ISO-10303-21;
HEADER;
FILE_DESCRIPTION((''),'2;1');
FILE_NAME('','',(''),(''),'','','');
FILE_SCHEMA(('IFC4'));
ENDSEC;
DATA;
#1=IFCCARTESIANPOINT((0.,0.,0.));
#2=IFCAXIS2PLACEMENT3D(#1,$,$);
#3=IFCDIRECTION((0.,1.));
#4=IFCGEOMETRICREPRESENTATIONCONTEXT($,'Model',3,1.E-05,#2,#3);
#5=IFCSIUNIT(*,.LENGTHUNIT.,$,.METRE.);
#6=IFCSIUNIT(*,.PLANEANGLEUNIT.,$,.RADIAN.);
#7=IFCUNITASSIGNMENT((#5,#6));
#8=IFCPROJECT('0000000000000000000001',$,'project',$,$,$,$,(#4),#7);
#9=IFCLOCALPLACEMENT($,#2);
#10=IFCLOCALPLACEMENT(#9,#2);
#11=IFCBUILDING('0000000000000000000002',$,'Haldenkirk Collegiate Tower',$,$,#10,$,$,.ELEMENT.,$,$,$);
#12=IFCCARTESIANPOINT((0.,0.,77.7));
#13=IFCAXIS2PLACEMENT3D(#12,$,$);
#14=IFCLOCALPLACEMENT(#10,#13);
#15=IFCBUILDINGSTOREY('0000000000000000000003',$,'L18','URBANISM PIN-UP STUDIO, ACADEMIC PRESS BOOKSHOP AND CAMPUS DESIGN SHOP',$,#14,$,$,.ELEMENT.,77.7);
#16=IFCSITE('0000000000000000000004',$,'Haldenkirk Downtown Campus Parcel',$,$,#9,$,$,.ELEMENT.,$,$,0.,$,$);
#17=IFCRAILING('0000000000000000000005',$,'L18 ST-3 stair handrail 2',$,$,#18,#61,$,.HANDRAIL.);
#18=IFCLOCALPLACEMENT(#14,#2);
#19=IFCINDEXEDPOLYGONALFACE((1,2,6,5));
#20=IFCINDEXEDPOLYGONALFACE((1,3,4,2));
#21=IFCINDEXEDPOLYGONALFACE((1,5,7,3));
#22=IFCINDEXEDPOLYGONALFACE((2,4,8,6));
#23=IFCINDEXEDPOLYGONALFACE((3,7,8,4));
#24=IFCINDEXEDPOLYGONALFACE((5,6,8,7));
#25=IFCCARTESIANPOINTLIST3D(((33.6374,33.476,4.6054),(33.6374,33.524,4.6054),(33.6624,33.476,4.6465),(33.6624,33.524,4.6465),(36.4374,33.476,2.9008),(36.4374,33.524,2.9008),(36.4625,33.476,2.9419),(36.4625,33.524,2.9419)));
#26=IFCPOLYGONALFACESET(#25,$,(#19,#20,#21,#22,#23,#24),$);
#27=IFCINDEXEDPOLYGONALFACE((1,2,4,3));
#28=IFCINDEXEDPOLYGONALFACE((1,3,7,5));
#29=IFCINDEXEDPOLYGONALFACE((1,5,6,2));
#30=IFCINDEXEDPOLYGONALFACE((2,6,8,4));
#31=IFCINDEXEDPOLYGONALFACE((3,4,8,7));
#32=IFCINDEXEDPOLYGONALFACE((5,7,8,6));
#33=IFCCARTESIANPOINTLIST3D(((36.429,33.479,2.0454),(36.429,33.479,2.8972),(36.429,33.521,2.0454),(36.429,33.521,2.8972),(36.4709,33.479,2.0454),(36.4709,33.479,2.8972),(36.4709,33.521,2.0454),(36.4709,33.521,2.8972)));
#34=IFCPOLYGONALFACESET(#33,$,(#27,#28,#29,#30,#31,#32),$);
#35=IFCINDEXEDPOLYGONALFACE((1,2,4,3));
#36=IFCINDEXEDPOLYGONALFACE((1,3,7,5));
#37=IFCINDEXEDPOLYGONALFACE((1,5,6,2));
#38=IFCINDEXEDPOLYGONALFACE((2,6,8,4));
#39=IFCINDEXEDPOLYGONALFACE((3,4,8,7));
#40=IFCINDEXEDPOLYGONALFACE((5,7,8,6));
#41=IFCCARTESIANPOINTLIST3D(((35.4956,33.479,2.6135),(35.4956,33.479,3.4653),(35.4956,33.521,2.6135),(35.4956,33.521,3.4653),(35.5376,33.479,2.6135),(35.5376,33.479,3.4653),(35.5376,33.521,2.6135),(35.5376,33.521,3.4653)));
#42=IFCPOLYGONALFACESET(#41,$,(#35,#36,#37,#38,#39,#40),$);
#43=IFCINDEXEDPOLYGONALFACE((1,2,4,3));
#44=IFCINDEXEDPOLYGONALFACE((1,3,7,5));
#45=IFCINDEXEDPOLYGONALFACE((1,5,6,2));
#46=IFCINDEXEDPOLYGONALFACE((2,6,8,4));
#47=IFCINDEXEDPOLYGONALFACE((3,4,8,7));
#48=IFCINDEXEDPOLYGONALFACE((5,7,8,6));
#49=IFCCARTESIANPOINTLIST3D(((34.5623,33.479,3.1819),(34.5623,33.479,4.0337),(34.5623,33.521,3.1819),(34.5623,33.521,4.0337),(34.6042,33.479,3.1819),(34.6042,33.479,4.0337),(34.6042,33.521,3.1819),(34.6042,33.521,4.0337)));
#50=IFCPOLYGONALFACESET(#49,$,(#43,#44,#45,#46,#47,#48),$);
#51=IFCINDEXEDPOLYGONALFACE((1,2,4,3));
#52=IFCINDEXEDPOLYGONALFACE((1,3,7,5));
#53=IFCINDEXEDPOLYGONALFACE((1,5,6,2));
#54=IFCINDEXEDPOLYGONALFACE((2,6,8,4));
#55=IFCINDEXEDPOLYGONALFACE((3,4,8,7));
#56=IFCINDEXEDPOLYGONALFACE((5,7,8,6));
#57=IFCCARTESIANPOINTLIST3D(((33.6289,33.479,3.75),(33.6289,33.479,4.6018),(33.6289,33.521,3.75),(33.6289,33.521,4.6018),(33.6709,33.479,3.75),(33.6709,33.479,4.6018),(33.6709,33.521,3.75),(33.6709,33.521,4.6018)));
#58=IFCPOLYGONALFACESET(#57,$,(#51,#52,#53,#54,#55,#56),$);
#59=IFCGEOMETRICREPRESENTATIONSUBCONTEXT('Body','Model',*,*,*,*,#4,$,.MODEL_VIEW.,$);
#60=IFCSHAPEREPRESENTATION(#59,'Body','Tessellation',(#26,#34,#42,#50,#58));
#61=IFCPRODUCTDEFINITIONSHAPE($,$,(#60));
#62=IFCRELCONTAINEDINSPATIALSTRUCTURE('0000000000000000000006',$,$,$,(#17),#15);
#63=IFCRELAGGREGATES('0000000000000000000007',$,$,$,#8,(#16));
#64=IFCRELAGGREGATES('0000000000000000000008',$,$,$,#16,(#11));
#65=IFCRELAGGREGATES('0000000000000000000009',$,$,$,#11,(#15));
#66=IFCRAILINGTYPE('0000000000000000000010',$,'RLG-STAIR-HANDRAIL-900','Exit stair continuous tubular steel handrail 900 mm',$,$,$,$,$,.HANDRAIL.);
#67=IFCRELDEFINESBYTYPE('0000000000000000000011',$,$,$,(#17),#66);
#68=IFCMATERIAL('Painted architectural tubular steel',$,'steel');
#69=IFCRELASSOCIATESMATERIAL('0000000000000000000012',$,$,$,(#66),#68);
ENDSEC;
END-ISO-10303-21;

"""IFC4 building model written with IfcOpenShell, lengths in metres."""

from ifc_helpers import new_model, si_unit, direction, frame, origin, origin_2d, place, context, subcontext, project, spatial, rectangle, extrude, material, type_object, element, save


model = new_model("IFC4")

# Units and contexts
model_context = context("Model", 3, precision=1e-05, world=origin(), true_north=direction((0.0, 1.0)))
body_context = subcontext(model_context, "Body", "Model", "MODEL_VIEW")
ifc_project = project(units=[si_unit("LENGTHUNIT", "METRE"), si_unit("PLANEANGLEUNIT", "RADIAN")], contexts=[model_context])

# Site, building, storey
site_placement = place(None, origin())
site = spatial("IfcSite", under=ifc_project, at=site_placement, Name="Haldenkirk Downtown Campus Parcel", CompositionType="ELEMENT", RefElevation=0.0)
building_placement = place(site_placement, origin())
building = spatial("IfcBuilding", under=site, at=building_placement, Name="Haldenkirk Collegiate Tower", CompositionType="ELEMENT")
storey_placement = place(building_placement, frame((0.0, 0.0, 77.7)))
storey = spatial("IfcBuildingStorey", under=building, at=storey_placement, Name="L18", Description="URBANISM PIN-UP STUDIO, ACADEMIC PRESS BOOKSHOP AND CAMPUS DESIGN SHOP", CompositionType="ELEMENT", Elevation=77.7)

# Railing
ifc_material_1 = material(Name="Painted architectural tubular steel", Category="steel")
railing_type_1 = type_object("IfcRailingType", Name="RLG-STAIR-HANDRAIL-900", Description="Exit stair continuous tubular steel handrail 900 mm", PredefinedType="HANDRAIL", material=ifc_material_1)
railing_1_placement = place(storey_placement, frame((36.45, 33.5, 2.0454)))
element("IfcRailing", 1, at=railing_1_placement, inside=storey, type_object=railing_type_1, Name="L18 ST-3 stair handrail 2", PredefinedType="HANDRAIL", context=body_context, shape_type="SweptSolid", body=[
    extrude(rectangle(XDim=0.0481, YDim=0.0481, at=origin_2d()), frame((0.0, 0.0, 0.876), z_axis=(-0.85417, 0.0, 0.519994), x_axis=(0.0, -1.0, 0.0)), (0.0, 0.0, 1.0), 3.2781),
    extrude(rectangle(XDim=0.042, YDim=0.042, at=origin_2d()), origin(), (0.0, 0.0, 1.0), 0.8518),
    extrude(rectangle(XDim=0.042, YDim=0.042, at=origin_2d()), frame((-0.9333, 0.0, 0.5681)), (0.0, 0.0, 1.0), 0.8518),
    extrude(rectangle(XDim=0.042, YDim=0.042, at=origin_2d()), frame((-1.8667, 0.0, 1.1365)), (0.0, 0.0, 1.0), 0.8518),
    extrude(rectangle(XDim=0.042, YDim=0.042, at=origin_2d()), frame((-2.8, 0.0, 1.7046)), (0.0, 0.0, 1.0), 0.8518),
])

save(model, "model.ifc")
